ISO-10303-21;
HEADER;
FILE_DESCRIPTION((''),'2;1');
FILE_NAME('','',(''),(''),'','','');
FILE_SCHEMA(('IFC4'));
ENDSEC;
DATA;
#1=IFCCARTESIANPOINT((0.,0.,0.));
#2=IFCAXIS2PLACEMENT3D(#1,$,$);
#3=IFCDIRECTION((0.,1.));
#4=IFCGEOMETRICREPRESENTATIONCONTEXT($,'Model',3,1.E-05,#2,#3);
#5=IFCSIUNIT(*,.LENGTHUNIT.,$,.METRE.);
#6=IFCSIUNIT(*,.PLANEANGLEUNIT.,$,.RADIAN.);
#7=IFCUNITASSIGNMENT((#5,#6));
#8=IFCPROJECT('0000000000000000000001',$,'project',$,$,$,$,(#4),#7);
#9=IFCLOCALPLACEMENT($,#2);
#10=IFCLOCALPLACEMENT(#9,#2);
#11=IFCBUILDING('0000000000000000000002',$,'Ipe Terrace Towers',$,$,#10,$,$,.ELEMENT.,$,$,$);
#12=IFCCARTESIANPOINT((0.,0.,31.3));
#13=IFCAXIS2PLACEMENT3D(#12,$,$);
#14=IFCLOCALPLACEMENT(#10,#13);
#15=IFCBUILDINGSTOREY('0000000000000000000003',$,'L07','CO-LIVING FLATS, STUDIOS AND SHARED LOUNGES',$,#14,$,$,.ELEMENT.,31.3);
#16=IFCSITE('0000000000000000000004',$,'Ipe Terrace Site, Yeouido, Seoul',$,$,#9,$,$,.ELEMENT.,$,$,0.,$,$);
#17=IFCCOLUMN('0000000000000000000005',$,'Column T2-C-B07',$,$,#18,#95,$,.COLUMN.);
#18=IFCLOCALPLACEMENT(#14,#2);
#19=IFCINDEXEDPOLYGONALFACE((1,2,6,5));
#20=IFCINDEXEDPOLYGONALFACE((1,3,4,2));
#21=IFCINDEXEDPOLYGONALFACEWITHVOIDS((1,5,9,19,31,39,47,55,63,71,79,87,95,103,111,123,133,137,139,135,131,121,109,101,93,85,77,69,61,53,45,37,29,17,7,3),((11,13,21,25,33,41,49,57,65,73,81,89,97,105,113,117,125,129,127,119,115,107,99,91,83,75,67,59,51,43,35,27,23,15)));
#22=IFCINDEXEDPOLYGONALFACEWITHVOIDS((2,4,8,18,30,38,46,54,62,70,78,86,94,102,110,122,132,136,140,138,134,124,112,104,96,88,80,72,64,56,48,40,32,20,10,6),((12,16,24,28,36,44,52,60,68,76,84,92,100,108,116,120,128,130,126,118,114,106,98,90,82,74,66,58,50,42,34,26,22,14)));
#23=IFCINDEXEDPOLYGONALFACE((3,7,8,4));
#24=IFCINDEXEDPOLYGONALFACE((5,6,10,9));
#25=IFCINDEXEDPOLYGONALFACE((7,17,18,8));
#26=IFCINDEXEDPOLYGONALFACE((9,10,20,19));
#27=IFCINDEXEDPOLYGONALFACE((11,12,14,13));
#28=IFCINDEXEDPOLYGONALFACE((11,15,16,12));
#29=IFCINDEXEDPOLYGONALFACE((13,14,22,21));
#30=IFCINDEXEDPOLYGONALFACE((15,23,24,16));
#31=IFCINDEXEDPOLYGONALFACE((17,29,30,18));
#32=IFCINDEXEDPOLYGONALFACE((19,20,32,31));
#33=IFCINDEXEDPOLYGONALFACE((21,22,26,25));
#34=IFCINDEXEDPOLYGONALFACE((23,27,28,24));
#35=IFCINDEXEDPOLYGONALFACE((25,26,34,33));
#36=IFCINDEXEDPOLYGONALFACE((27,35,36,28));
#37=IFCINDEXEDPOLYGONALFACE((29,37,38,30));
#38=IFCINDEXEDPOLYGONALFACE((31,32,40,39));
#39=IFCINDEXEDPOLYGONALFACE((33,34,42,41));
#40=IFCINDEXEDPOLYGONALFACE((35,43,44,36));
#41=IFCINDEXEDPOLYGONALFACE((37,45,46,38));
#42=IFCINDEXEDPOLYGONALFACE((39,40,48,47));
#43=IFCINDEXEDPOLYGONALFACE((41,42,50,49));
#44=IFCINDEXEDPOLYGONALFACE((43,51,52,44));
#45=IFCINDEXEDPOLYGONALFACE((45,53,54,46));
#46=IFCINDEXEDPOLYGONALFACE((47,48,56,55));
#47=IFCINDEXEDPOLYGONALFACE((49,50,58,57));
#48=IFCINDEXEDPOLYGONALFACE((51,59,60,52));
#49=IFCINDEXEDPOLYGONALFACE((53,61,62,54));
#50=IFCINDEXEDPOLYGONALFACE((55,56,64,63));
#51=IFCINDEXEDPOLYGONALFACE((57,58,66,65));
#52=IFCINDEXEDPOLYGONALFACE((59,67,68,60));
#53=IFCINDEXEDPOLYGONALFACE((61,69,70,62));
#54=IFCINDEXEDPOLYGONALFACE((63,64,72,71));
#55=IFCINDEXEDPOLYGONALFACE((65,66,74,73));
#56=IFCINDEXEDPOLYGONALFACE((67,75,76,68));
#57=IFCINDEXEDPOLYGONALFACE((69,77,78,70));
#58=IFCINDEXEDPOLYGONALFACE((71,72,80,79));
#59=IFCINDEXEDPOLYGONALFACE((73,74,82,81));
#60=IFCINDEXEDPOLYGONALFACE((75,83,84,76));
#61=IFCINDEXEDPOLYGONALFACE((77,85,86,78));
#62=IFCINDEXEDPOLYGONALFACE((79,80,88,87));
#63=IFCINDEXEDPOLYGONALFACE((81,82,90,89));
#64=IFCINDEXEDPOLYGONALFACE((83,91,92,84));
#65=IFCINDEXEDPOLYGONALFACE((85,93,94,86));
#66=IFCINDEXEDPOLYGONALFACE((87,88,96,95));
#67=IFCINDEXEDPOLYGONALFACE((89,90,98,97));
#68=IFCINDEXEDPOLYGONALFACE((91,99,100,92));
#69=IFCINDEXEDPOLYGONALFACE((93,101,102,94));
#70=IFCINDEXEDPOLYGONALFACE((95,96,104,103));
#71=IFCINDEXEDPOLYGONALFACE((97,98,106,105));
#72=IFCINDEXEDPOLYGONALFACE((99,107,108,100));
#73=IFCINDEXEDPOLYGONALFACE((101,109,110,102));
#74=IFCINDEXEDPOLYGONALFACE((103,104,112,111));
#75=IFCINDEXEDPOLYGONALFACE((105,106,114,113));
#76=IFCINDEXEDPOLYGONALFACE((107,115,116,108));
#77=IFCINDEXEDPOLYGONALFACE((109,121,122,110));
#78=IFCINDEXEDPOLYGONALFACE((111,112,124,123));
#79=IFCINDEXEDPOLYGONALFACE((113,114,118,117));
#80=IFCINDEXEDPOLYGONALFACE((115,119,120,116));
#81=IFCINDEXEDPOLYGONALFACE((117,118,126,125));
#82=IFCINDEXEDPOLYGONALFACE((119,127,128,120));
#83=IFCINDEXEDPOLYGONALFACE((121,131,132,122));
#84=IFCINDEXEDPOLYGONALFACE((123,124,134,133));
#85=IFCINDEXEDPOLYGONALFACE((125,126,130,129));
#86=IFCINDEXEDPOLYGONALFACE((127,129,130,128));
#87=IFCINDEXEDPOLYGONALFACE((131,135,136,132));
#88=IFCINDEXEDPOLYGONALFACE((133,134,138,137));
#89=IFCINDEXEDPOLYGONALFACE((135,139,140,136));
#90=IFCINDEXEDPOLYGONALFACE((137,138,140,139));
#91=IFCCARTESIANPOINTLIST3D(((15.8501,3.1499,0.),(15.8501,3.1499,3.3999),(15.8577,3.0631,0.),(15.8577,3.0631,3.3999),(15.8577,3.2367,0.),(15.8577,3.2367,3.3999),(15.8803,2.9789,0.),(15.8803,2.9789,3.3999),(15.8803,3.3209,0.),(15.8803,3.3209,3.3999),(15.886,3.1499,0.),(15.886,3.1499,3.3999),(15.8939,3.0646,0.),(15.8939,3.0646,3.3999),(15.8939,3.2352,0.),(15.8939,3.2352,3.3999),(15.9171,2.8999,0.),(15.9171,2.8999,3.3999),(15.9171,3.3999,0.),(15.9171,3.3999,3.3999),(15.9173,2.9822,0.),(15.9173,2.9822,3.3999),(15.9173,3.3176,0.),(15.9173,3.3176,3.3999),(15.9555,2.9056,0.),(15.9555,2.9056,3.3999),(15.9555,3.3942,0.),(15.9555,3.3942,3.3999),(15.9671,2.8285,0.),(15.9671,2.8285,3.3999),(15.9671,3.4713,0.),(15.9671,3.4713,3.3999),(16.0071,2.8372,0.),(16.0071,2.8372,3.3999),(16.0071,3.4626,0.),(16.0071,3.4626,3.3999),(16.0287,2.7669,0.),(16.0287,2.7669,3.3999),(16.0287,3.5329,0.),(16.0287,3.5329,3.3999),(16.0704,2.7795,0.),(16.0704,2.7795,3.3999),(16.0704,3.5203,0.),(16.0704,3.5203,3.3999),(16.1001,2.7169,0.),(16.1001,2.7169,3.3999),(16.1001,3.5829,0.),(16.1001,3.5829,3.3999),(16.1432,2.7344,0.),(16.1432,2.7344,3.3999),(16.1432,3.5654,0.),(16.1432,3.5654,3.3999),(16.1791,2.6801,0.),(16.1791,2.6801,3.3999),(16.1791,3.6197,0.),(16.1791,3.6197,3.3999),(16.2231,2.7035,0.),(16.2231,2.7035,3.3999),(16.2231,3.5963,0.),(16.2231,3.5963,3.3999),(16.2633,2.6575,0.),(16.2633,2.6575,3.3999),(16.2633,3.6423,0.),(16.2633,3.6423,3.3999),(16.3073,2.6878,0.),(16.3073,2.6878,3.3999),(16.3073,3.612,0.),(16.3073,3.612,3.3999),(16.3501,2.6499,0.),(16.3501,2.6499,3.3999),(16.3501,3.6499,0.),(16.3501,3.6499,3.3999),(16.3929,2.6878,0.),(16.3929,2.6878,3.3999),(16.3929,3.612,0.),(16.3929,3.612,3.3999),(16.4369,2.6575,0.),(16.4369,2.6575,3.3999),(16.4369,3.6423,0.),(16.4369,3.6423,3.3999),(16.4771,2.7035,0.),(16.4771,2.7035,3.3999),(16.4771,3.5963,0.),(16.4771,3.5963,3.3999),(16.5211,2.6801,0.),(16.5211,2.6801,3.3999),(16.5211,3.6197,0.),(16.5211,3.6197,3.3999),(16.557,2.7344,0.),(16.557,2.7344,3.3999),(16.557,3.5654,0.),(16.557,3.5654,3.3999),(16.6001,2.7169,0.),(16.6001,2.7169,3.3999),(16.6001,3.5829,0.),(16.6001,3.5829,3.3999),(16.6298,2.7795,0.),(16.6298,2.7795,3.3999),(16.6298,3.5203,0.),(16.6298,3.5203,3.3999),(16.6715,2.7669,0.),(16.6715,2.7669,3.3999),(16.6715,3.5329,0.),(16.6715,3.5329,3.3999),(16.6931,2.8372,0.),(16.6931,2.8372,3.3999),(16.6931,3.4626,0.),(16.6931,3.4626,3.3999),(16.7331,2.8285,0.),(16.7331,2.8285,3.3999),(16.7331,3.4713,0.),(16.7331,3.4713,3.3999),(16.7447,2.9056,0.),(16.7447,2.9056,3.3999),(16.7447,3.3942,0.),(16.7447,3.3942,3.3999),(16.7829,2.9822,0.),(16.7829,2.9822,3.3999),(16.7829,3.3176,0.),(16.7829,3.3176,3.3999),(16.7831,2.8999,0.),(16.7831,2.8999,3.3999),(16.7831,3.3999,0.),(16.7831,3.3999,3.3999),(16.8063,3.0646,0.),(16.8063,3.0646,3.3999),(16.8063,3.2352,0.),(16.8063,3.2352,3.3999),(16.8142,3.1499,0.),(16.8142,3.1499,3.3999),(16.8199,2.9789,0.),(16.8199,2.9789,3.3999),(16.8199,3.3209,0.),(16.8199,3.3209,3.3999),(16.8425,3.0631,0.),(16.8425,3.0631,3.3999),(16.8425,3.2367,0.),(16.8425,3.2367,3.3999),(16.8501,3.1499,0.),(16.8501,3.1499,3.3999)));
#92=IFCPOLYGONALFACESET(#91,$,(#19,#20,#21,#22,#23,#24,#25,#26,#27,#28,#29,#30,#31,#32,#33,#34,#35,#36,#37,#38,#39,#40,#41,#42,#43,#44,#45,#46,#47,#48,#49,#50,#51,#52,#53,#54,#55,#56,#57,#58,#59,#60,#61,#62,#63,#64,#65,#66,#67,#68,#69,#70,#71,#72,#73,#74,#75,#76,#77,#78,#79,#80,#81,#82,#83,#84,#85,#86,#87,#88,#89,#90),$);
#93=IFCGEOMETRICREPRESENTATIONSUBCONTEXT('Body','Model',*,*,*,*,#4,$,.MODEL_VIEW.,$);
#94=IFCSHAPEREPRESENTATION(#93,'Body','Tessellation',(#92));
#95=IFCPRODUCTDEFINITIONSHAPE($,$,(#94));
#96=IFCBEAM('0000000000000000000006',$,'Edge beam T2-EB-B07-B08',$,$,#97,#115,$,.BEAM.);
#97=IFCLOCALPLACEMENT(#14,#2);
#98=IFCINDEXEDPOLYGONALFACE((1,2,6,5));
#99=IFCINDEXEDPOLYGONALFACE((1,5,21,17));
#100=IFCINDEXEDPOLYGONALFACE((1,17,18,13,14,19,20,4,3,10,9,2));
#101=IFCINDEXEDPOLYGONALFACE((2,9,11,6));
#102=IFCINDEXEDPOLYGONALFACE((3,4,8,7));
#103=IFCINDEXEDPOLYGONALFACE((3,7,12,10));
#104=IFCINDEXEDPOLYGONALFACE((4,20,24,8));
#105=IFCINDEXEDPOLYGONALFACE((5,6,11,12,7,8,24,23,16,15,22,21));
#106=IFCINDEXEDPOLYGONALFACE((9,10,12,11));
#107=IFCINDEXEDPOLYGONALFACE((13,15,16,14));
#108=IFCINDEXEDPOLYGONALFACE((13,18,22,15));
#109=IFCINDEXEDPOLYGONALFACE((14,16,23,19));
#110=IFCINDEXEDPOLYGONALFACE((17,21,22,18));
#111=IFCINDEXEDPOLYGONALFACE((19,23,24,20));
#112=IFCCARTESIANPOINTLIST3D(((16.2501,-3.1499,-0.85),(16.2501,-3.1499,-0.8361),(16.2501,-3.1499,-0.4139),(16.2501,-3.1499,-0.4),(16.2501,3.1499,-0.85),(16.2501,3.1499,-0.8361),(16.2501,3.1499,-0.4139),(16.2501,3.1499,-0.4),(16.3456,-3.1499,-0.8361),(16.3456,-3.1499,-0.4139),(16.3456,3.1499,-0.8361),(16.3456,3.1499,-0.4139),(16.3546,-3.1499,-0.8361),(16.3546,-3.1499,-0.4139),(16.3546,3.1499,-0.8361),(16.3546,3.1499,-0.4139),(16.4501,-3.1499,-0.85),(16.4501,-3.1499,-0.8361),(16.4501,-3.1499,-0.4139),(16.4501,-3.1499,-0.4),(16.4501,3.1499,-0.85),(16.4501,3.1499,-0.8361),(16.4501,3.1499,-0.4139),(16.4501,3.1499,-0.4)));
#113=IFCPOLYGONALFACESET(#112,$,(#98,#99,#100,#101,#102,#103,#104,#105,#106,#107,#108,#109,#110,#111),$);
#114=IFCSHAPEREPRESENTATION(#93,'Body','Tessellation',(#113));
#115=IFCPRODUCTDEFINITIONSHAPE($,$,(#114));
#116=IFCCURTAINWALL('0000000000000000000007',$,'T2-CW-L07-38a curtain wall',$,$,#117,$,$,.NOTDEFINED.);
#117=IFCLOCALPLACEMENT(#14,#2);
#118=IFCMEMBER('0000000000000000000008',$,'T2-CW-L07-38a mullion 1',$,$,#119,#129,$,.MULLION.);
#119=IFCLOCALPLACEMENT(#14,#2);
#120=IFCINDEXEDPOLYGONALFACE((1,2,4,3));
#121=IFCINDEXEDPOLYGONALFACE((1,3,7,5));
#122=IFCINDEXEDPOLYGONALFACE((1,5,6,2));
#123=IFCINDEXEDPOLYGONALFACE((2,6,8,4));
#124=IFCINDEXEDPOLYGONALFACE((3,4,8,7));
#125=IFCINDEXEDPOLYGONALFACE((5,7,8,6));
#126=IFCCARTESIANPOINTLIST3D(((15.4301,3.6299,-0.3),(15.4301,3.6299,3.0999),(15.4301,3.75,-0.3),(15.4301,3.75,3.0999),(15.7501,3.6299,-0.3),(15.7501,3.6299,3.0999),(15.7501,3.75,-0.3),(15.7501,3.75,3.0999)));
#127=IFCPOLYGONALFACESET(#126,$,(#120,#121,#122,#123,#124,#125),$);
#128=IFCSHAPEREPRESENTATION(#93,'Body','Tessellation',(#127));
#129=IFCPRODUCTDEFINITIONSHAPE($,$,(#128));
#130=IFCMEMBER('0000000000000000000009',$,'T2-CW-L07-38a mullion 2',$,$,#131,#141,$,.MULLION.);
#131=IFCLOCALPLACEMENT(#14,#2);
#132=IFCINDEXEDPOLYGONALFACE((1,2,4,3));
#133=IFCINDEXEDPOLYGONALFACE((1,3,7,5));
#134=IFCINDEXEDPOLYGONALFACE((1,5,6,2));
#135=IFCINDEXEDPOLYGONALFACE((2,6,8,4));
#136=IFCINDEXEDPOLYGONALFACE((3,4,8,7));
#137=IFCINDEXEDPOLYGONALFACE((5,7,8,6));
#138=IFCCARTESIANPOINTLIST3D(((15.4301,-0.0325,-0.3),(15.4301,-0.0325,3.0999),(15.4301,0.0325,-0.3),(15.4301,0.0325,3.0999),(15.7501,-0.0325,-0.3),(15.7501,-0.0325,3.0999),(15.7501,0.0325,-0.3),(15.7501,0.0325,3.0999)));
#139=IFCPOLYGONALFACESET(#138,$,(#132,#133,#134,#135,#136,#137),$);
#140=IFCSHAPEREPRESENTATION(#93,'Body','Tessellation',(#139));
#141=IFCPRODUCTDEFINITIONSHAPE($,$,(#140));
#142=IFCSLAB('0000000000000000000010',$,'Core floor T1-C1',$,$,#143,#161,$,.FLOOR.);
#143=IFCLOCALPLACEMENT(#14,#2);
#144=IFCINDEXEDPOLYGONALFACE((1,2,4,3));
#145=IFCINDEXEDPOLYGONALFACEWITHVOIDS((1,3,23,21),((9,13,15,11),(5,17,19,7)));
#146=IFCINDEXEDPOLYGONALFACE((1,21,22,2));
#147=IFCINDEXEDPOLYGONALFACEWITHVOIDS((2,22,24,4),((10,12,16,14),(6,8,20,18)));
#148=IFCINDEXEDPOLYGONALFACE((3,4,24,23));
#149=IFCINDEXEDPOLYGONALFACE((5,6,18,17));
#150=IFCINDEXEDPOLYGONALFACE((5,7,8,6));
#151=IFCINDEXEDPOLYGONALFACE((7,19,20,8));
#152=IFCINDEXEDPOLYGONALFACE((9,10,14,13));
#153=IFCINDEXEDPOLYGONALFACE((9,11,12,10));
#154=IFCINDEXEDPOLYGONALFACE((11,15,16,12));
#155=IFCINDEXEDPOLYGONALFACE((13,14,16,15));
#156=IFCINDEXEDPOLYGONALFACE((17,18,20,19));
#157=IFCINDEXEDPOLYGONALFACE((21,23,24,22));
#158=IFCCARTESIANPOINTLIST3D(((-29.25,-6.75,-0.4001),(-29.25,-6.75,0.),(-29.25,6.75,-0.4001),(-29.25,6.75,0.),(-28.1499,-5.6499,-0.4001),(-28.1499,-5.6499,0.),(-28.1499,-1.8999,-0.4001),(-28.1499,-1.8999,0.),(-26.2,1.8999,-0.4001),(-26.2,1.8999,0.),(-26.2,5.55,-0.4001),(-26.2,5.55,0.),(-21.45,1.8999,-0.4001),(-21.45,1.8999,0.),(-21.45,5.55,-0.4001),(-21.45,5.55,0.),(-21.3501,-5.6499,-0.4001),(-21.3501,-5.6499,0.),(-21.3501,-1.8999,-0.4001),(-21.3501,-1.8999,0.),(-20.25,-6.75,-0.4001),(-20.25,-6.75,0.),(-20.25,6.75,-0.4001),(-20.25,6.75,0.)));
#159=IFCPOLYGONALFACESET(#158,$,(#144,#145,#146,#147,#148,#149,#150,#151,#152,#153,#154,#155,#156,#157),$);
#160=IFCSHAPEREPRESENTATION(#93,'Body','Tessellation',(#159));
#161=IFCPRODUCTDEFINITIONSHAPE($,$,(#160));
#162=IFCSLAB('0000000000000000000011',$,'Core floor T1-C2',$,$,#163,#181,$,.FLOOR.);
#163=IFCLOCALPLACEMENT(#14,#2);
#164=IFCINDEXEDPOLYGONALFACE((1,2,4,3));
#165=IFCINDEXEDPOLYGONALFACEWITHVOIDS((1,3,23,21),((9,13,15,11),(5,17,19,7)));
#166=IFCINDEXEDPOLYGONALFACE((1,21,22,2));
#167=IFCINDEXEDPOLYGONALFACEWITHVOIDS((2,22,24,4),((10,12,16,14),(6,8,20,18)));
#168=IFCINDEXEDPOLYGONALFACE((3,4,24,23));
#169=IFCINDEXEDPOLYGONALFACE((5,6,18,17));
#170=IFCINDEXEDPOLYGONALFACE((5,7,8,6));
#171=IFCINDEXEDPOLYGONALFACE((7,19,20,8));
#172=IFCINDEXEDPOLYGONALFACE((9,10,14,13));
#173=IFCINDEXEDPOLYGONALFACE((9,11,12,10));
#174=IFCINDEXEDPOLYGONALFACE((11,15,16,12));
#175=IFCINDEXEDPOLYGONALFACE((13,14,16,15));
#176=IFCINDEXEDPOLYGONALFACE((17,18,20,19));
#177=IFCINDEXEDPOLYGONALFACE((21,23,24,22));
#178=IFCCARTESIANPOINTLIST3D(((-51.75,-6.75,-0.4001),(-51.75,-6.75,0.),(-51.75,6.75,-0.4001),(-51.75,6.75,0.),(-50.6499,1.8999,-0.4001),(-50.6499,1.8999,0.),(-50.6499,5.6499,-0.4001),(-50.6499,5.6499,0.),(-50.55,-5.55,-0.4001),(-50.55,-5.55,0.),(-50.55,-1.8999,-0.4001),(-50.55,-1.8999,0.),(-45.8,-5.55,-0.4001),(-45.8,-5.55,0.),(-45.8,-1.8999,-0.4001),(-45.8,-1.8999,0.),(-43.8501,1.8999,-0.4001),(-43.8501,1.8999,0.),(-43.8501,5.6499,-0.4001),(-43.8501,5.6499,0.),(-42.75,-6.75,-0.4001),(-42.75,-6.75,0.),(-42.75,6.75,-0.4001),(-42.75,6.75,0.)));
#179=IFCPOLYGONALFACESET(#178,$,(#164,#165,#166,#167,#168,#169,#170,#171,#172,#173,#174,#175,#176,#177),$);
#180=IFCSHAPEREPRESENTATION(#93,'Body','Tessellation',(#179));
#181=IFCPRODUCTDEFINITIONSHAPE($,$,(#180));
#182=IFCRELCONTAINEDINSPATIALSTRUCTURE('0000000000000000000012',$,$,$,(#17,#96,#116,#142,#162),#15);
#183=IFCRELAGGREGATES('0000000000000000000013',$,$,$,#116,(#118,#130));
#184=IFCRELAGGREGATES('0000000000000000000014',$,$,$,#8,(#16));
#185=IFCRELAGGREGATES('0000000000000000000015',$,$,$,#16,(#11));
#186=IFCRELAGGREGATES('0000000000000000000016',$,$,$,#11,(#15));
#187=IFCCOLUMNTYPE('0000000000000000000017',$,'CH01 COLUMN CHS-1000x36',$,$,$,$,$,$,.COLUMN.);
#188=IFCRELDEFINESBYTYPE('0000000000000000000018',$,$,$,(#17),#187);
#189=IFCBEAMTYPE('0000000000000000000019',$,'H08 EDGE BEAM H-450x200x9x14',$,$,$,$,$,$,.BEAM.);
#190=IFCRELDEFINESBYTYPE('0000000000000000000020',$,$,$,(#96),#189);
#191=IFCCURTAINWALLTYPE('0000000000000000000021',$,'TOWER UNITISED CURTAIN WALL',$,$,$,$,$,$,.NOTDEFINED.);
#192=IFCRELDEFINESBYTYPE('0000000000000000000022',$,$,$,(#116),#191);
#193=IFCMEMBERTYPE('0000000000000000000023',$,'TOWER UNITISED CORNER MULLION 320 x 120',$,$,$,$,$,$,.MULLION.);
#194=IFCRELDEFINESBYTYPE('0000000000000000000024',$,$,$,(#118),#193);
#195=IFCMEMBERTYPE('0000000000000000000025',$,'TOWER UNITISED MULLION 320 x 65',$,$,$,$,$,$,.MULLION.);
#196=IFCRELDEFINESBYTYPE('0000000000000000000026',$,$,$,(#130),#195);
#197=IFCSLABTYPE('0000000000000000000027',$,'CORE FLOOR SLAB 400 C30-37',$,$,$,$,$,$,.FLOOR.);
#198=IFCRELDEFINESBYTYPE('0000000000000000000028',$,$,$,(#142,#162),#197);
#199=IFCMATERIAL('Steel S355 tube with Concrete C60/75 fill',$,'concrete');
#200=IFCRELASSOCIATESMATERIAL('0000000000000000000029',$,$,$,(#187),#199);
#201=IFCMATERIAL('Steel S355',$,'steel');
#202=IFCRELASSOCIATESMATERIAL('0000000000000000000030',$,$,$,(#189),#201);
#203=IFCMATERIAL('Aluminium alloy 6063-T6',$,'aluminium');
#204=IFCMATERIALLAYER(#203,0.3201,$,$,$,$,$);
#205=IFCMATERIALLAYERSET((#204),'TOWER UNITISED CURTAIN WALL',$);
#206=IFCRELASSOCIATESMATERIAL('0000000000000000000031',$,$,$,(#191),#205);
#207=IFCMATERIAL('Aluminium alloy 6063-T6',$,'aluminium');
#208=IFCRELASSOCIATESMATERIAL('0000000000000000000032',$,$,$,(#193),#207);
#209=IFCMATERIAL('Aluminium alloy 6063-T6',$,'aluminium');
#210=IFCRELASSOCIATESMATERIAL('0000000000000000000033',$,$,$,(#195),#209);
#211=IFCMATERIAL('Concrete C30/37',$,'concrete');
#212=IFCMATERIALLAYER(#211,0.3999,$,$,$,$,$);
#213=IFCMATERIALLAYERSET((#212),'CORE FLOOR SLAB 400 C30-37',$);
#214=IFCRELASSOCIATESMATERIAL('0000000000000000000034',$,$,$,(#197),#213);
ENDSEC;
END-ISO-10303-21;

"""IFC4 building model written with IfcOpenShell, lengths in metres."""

from ifc_helpers import new_model, si_unit, direction, frame, origin, origin_2d, place, context, subcontext, project, spatial, polyline, rectangle, hollow_circle, i_section, outline, extrude, material, layer, layer_set, material_profile, profile_set, type_object, element, aggregate, save


model = new_model("IFC4")

# Units and contexts
model_context = context("Model", 3, precision=1e-05, world=origin(), true_north=direction((0.0, 1.0)))
body_context = subcontext(model_context, "Body", "Model", "MODEL_VIEW")
ifc_project = project(units=[si_unit("LENGTHUNIT", "METRE"), si_unit("PLANEANGLEUNIT", "RADIAN")], contexts=[model_context])

# Site, building, storey
site_placement = place(None, origin())
site = spatial("IfcSite", under=ifc_project, at=site_placement, Name="Ipe Terrace Site, Yeouido, Seoul", CompositionType="ELEMENT", RefElevation=0.0)
building_placement = place(site_placement, origin())
building = spatial("IfcBuilding", under=site, at=building_placement, Name="Ipe Terrace Towers", CompositionType="ELEMENT")
storey_placement = place(building_placement, frame((0.0, 0.0, 31.3)))
storey = spatial("IfcBuildingStorey", under=building, at=storey_placement, Name="L07", Description="CO-LIVING FLATS, STUDIOS AND SHARED LOUNGES", CompositionType="ELEMENT", Elevation=31.3)

# Column
ifc_material_1 = material(Name="Steel S355 tube with Concrete C60/75 fill", Category="concrete")
ifc_material_profile_1 = material_profile(ifc_material_1, hollow_circle(Radius=0.5, WallThickness=0.0359, at=origin_2d()), Name="CHS-1000x36")
ifc_profile_set_1 = profile_set([ifc_material_profile_1], Name="Steel S355 tube with Concrete C60/75 fill")
column_type = type_object("IfcColumnType", Name="CH01 COLUMN CHS-1000x36", PredefinedType="COLUMN", material=ifc_profile_set_1)
column_placement = place(storey_placement, frame((16.3501, 3.1499, 0.0), z_axis=(0.0, 0.0, 1.0), x_axis=(1.0, 0.0, 0.0)))
element("IfcColumn", 1, at=column_placement, inside=storey, type_object=column_type, Name="Column T2-C-B07", PredefinedType="COLUMN", context=body_context, shape_type="SweptSolid", body=[
    extrude(hollow_circle(Radius=0.5, WallThickness=0.0359, at=origin_2d()), origin(), (0.0, 0.0, 1.0), 3.3999),
])

# Beam
ifc_material_2 = material(Name="Steel S355", Category="steel")
ifc_material_profile_2 = material_profile(ifc_material_2, i_section(OverallWidth=0.2, OverallDepth=0.45, WebThickness=0.009, FlangeThickness=0.0139, at=origin_2d()), Name="H-450x200x9x14")
ifc_profile_set_2 = profile_set([ifc_material_profile_2], Name="Steel S355")
beam_type = type_object("IfcBeamType", Name="H08 EDGE BEAM H-450x200x9x14", PredefinedType="BEAM", material=ifc_profile_set_2)
beam_placement = place(storey_placement, frame((16.3501, 3.1499, -0.625), z_axis=(0.0, -1.0, 0.0), x_axis=(1.0, 0.0, 0.0)))
element("IfcBeam", 2, at=beam_placement, inside=storey, type_object=beam_type, Name="Edge beam T2-EB-B07-B08", PredefinedType="BEAM", context=body_context, shape_type="SweptSolid", body=[
    extrude(i_section(OverallWidth=0.2, OverallDepth=0.45, WebThickness=0.009, FlangeThickness=0.0139, at=origin_2d()), origin(), (0.0, 0.0, 1.0), 6.2998),
])

# Curtain wall, members
ifc_material_3 = material(Name="Aluminium alloy 6063-T6", Category="aluminium")
ifc_layer_1 = layer(ifc_material_3, 0.3201)
ifc_layer_set_1 = layer_set([ifc_layer_1], Name="TOWER UNITISED CURTAIN WALL")
curtain_wall_type = type_object("IfcCurtainWallType", Name="TOWER UNITISED CURTAIN WALL", PredefinedType="NOTDEFINED", material=ifc_layer_set_1)
curtain_wall_placement = place(storey_placement, origin())
curtain_wall = element("IfcCurtainWall", 3, at=curtain_wall_placement, inside=storey, type_object=curtain_wall_type, Name="T2-CW-L07-38a curtain wall", PredefinedType="NOTDEFINED")
ifc_material_4 = material(Name="Aluminium alloy 6063-T6", Category="aluminium")
ifc_material_profile_3 = material_profile(ifc_material_4, rectangle(XDim=0.3201, YDim=0.1201, at=origin_2d()), Name="TOWER UNITISED CORNER MULLION 320 x 120")
ifc_profile_set_3 = profile_set([ifc_material_profile_3], Name="Aluminium alloy 6063-T6")
member_type_1 = type_object("IfcMemberType", Name="TOWER UNITISED CORNER MULLION 320 x 120", PredefinedType="MULLION", material=ifc_profile_set_3)
member_1_placement = place(storey_placement, frame((15.5901, 3.6899, -0.3), z_axis=(0.0, 0.0, 1.0), x_axis=(-1.0, 0.0, 0.0)))
member_1 = element("IfcMember", 4, at=member_1_placement, type_object=member_type_1, Name="T2-CW-L07-38a mullion 1", PredefinedType="MULLION", context=body_context, shape_type="SweptSolid", body=[
    extrude(rectangle(XDim=0.3201, YDim=0.1201, at=origin_2d()), origin(), (0.0, 0.0, 1.0), 3.3999),
])
ifc_material_5 = material(Name="Aluminium alloy 6063-T6", Category="aluminium")
ifc_material_profile_4 = material_profile(ifc_material_5, rectangle(XDim=0.3201, YDim=0.0649, at=origin_2d()), Name="TOWER UNITISED MULLION 320 x 65")
ifc_profile_set_4 = profile_set([ifc_material_profile_4], Name="Aluminium alloy 6063-T6")
member_type_2 = type_object("IfcMemberType", Name="TOWER UNITISED MULLION 320 x 65", PredefinedType="MULLION", material=ifc_profile_set_4)
member_2_placement = place(storey_placement, frame((15.5901, 0.0, -0.3), z_axis=(0.0, 0.0, 1.0), x_axis=(-1.0, 0.0, 0.0)))
member_2 = element("IfcMember", 5, at=member_2_placement, type_object=member_type_2, Name="T2-CW-L07-38a mullion 2", PredefinedType="MULLION", context=body_context, shape_type="SweptSolid", body=[
    extrude(rectangle(XDim=0.3201, YDim=0.0649, at=origin_2d()), origin(), (0.0, 0.0, 1.0), 3.3999),
])

# Slabs
ifc_material_6 = material(Name="Concrete C30/37", Category="concrete")
ifc_layer_2 = layer(ifc_material_6, 0.3999)
ifc_layer_set_2 = layer_set([ifc_layer_2], Name="CORE FLOOR SLAB 400 C30-37")
slab_type_1 = type_object("IfcSlabType", Name="CORE FLOOR SLAB 400 C30-37", PredefinedType="FLOOR", material=ifc_layer_set_2)
slab_1_placement = place(storey_placement, frame((0.0, 0.0, -0.4001)))
element("IfcSlab", 6, at=slab_1_placement, inside=storey, type_object=slab_type_1, Name="Core floor T1-C1", PredefinedType="FLOOR", context=body_context, shape_type="SweptSolid", body=[
    extrude(outline(polyline([(-29.25, -6.75), (-29.25, 6.75), (-20.25, 6.75), (-20.25, -6.75), (-29.25, -6.75)]), holes=[polyline([(-28.1499, -5.6499), (-21.3501, -5.6499), (-21.3501, -1.8999), (-28.1499, -1.8999), (-28.1499, -5.6499)]), polyline([(-26.2, 5.55), (-26.2, 1.8999), (-21.45, 1.8999), (-21.45, 5.55), (-26.2, 5.55)])]), origin(), (0.0, 0.0, 1.0), 0.4001),
])
slab_2_placement = place(storey_placement, frame((0.0, 0.0, -0.4001)))
element("IfcSlab", 7, at=slab_2_placement, inside=storey, type_object=slab_type_1, Name="Core floor T1-C2", PredefinedType="FLOOR", context=body_context, shape_type="SweptSolid", body=[
    extrude(outline(polyline([(-51.75, -6.75), (-51.75, 6.75), (-42.75, 6.75), (-42.75, -6.75), (-51.75, -6.75)]), holes=[polyline([(-45.8, -5.55), (-45.8, -1.8999), (-50.55, -1.8999), (-50.55, -5.55), (-45.8, -5.55)]), polyline([(-50.6499, 1.8999), (-43.8501, 1.8999), (-43.8501, 5.6499), (-50.6499, 5.6499), (-50.6499, 1.8999)])]), origin(), (0.0, 0.0, 1.0), 0.4001),
])

aggregate(curtain_wall, [member_1, member_2])

save(model, "model.ifc")
